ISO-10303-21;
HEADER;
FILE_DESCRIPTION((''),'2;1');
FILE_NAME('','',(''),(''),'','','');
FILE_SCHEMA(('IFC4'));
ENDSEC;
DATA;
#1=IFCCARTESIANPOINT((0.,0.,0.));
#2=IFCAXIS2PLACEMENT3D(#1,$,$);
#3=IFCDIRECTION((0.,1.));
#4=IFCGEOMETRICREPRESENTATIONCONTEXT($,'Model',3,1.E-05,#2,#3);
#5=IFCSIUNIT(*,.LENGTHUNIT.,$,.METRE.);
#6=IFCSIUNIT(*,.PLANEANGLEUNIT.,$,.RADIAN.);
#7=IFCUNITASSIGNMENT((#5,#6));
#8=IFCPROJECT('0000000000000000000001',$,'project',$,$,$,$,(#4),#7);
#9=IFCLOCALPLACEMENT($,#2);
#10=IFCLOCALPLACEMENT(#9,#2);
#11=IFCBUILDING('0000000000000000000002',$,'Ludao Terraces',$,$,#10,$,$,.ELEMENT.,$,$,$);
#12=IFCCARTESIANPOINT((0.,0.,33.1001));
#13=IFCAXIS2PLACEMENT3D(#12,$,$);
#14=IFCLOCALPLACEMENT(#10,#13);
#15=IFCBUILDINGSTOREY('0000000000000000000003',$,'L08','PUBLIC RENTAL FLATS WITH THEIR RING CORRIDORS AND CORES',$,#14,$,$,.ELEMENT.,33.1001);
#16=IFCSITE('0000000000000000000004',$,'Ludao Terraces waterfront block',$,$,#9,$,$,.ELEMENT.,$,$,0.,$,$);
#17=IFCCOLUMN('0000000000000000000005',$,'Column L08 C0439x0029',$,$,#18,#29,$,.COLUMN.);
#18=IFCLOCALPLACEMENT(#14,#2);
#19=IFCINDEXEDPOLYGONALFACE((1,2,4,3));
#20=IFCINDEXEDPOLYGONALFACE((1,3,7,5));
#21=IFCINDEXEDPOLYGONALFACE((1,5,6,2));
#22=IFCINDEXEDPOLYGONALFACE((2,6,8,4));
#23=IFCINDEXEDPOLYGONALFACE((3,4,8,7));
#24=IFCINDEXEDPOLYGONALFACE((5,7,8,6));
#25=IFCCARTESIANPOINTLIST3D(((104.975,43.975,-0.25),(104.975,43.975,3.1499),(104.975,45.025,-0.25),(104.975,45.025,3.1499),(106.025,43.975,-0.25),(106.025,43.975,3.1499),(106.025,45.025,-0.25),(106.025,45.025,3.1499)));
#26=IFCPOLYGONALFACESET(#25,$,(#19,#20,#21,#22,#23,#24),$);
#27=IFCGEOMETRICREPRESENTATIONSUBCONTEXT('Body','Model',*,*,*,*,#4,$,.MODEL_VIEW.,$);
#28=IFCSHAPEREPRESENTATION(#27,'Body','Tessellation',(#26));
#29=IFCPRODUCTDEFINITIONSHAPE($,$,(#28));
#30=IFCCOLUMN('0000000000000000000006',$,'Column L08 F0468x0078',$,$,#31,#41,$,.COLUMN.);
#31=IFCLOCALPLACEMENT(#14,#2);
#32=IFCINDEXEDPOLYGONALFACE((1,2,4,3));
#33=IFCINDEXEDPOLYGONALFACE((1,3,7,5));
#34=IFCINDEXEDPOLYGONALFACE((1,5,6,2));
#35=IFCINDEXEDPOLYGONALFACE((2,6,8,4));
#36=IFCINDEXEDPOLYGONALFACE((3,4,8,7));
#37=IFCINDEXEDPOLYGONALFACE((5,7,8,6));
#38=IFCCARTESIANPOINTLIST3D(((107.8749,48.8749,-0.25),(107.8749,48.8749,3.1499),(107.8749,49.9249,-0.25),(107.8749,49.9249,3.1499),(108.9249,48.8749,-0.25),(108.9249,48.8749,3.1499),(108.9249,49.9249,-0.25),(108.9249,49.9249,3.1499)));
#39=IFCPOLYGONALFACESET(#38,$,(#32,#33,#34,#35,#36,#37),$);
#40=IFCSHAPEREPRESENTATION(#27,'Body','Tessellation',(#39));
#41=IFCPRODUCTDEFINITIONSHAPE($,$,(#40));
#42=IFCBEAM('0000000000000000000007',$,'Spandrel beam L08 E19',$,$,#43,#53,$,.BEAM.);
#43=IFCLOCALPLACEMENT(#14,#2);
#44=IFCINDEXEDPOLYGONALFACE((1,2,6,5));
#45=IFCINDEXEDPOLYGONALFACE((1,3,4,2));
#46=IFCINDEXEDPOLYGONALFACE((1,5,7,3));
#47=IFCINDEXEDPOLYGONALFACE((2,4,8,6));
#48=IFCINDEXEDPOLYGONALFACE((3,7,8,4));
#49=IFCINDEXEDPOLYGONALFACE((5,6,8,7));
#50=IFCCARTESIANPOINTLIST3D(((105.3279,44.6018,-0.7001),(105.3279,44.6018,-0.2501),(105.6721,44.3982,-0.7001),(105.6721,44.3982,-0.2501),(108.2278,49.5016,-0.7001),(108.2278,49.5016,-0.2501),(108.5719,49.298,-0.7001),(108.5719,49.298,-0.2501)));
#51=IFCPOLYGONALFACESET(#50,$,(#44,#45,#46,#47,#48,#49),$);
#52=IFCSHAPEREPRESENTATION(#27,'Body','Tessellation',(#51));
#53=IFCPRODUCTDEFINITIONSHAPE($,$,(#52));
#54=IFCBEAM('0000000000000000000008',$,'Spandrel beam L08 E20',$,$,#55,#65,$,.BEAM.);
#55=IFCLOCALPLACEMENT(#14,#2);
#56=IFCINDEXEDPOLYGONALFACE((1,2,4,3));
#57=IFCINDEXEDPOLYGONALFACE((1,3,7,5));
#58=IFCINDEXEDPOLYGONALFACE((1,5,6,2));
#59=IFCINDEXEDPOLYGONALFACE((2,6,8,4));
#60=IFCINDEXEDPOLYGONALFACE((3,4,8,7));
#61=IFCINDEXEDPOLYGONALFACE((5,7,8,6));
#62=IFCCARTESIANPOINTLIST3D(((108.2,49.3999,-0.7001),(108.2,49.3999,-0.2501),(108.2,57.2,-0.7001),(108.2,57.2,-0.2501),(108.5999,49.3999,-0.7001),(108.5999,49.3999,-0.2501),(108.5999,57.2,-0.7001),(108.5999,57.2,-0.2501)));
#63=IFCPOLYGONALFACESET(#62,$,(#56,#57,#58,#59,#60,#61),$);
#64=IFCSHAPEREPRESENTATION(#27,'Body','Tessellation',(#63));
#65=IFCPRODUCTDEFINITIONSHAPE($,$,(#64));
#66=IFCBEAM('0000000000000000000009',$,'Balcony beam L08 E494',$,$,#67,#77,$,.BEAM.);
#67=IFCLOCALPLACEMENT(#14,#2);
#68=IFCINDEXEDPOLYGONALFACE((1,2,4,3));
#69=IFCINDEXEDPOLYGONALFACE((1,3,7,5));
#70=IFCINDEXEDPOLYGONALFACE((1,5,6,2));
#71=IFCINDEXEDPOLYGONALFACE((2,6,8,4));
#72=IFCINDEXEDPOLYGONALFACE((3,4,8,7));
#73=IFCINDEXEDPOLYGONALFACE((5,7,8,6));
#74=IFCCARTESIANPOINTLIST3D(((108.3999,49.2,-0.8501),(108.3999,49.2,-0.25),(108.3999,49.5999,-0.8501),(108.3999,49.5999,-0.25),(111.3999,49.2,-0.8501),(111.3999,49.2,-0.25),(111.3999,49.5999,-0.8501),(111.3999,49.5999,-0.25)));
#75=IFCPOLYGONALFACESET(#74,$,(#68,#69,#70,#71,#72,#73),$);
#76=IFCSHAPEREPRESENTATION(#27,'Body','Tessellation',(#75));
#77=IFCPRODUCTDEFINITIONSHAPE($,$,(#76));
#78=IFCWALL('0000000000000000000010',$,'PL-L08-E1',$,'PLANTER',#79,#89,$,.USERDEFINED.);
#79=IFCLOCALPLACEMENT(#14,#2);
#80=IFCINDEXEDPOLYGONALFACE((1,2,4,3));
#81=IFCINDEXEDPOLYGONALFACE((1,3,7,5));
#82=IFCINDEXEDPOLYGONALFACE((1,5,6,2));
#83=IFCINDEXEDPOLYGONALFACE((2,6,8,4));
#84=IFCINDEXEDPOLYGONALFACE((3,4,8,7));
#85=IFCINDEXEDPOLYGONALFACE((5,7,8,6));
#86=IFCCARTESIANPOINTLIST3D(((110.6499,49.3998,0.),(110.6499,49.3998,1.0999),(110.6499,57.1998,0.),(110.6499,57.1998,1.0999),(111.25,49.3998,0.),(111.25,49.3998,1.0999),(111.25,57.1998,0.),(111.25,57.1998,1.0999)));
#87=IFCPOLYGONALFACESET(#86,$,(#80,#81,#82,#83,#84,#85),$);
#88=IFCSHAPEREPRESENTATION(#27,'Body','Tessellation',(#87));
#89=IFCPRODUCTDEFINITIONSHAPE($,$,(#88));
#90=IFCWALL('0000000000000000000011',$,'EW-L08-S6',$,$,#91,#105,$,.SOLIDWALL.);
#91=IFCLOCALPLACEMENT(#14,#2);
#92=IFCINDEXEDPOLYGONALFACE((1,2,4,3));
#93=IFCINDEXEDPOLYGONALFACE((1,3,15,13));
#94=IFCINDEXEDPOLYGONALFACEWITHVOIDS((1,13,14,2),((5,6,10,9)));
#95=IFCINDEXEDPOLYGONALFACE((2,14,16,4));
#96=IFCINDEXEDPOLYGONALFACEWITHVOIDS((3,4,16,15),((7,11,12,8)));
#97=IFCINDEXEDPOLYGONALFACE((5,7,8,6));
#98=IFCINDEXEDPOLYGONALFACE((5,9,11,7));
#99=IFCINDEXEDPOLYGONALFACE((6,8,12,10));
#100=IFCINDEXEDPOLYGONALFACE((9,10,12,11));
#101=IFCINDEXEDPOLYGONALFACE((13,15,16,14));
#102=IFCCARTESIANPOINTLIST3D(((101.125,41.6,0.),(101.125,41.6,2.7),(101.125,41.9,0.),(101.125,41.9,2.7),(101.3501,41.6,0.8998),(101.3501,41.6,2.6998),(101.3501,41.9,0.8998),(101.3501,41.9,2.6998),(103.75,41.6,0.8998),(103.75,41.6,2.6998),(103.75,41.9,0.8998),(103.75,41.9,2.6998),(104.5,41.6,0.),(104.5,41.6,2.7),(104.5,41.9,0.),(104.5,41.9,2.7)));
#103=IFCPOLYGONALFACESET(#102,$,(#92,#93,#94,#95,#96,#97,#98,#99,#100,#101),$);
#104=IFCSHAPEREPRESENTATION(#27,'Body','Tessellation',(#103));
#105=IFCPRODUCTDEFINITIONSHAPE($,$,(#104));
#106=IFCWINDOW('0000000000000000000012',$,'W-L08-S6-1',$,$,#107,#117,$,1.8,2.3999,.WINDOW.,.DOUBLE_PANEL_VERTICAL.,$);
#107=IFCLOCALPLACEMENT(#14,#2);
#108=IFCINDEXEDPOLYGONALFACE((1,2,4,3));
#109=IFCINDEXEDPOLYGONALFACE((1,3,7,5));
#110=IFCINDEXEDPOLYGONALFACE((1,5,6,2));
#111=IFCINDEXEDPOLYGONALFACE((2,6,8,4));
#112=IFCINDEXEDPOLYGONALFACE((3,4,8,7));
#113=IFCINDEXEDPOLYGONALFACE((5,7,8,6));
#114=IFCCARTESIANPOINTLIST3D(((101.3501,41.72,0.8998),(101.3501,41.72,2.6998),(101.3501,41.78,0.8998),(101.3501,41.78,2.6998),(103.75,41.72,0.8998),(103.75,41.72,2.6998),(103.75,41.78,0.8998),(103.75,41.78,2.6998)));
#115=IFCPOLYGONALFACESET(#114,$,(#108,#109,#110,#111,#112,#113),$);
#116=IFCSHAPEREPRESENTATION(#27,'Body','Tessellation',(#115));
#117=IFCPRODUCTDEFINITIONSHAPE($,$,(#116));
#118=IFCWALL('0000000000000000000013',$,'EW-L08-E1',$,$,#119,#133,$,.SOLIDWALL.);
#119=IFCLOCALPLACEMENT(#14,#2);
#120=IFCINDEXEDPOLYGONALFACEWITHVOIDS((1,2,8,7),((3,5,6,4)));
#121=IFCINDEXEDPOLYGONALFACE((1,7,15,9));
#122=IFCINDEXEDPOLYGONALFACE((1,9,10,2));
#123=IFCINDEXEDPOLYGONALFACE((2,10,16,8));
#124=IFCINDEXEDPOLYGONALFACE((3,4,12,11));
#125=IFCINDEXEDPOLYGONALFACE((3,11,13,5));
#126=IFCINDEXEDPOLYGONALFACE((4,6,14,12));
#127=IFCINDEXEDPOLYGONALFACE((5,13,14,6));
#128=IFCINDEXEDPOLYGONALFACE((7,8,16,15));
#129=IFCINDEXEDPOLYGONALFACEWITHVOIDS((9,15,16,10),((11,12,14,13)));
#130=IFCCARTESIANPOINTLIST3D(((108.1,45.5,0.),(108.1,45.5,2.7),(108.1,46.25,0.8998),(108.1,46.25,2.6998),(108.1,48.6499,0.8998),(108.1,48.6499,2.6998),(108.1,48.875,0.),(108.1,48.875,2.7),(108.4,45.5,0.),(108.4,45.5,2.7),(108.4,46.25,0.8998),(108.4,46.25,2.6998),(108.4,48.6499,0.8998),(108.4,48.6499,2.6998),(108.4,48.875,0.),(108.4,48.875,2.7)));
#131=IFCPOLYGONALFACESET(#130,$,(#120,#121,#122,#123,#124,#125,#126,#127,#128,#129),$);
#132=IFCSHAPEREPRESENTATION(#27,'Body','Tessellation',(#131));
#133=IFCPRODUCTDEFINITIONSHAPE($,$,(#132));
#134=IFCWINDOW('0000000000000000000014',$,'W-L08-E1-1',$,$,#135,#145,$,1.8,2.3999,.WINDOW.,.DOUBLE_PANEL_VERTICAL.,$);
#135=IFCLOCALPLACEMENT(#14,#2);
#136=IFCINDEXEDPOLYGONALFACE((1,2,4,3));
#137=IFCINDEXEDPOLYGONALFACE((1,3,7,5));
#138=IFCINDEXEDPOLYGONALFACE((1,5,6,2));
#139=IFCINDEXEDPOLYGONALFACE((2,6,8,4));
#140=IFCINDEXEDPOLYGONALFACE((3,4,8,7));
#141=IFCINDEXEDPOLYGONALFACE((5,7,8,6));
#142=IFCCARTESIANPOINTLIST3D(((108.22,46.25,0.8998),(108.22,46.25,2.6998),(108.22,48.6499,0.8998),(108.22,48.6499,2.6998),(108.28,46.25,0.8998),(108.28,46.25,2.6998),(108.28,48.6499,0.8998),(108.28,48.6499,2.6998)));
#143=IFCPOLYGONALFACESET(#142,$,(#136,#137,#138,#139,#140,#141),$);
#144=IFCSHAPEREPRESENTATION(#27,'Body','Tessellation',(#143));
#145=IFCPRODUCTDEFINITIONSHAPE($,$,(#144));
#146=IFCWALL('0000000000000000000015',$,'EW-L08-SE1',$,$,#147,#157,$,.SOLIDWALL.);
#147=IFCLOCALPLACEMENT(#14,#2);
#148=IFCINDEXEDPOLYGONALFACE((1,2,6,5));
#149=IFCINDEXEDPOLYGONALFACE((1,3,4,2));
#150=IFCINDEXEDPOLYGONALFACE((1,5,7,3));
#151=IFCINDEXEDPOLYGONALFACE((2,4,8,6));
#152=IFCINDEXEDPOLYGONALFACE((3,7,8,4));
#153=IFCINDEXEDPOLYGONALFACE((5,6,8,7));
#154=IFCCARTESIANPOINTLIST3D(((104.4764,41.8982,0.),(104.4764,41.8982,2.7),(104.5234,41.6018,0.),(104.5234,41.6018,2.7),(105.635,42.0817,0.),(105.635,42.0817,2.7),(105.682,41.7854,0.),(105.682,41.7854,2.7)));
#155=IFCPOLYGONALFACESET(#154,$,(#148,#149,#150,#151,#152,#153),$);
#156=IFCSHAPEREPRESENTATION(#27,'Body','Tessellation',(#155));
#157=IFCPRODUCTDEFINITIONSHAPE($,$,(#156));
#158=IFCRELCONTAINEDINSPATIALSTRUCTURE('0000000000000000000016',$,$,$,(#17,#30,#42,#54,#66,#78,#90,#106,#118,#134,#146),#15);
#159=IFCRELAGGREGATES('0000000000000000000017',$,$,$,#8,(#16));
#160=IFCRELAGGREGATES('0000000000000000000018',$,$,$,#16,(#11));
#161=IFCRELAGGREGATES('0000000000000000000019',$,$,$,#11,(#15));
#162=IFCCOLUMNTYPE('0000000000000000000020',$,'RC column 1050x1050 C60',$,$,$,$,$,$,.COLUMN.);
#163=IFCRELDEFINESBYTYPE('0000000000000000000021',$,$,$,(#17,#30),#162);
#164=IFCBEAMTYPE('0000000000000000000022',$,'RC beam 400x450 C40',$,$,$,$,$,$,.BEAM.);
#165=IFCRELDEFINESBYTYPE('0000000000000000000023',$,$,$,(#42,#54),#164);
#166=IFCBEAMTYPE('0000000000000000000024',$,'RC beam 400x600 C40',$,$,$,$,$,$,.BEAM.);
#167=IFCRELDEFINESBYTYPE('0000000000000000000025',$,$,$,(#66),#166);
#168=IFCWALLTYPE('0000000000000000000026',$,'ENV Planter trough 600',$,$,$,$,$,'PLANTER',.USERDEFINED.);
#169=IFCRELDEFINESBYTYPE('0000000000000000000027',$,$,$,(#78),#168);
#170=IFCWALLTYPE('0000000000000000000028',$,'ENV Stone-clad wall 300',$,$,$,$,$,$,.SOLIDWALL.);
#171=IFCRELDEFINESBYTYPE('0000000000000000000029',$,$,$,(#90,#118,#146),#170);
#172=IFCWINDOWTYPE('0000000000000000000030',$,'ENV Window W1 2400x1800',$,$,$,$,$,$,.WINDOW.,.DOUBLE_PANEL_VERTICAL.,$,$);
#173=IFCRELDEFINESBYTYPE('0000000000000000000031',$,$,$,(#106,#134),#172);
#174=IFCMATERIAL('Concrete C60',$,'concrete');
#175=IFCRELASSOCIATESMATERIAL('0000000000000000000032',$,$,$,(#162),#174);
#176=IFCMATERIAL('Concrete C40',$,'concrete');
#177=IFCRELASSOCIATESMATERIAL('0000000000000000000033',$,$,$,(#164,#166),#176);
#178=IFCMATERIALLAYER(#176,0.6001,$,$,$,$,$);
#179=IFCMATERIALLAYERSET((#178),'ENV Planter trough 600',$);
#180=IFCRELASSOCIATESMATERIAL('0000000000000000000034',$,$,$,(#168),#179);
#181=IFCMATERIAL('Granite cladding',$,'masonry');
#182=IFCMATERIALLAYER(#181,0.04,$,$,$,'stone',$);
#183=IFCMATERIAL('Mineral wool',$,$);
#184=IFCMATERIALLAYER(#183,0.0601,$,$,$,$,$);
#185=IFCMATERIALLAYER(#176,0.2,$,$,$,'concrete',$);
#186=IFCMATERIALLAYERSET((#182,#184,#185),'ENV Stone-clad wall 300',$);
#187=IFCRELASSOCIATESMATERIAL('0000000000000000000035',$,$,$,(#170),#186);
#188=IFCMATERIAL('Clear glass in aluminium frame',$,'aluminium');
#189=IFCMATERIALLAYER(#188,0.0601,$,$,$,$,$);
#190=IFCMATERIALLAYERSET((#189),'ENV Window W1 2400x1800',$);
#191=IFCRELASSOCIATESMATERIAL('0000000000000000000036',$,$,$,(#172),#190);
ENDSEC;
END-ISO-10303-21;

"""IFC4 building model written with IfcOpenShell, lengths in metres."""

from ifc_helpers import new_model, si_unit, direction, frame, frame_2d, origin, origin_2d, place, context, subcontext, project, spatial, rectangle, extrude, material, layer, layer_set, material_profile, profile_set, type_object, element, fill, save


model = new_model("IFC4")

# Units and contexts
model_context = context("Model", 3, precision=1e-05, world=origin(), true_north=direction((0.0, 1.0)))
body_context = subcontext(model_context, "Body", "Model", "MODEL_VIEW")
ifc_project = project(units=[si_unit("LENGTHUNIT", "METRE"), si_unit("PLANEANGLEUNIT", "RADIAN")], contexts=[model_context])

# Site, building, storey
site_placement = place(None, origin())
site = spatial("IfcSite", under=ifc_project, at=site_placement, Name="Ludao Terraces waterfront block", CompositionType="ELEMENT", RefElevation=0.0)
building_placement = place(site_placement, origin())
building = spatial("IfcBuilding", under=site, at=building_placement, Name="Ludao Terraces", CompositionType="ELEMENT")
storey_placement = place(building_placement, frame((0.0, 0.0, 33.1001)))
storey = spatial("IfcBuildingStorey", under=building, at=storey_placement, Name="L08", Description="PUBLIC RENTAL FLATS WITH THEIR RING CORRIDORS AND CORES", CompositionType="ELEMENT", Elevation=33.1001)

# Columns
ifc_material_1 = material(Name="Concrete C60", Category="concrete")
ifc_material_profile_1 = material_profile(ifc_material_1, rectangle(XDim=1.05, YDim=1.05, at=origin_2d()), Name="1050 X 1050")
ifc_profile_set_1 = profile_set([ifc_material_profile_1], Name="Concrete C60")
column_type = type_object("IfcColumnType", Name="RC column 1050x1050 C60", PredefinedType="COLUMN", material=ifc_profile_set_1)
for number, where, z_axis, x_axis, name in (
    (1, (105.5, 44.5, -0.25), (0.0, 0.0, 1.0), (1.0, 0.0, 0.0), "Column L08 C0439x0029"),
    (2, (108.3999, 49.3999, -0.25), (0.0, 0.0, 1.0), (1.0, 0.0, 0.0), "Column L08 F0468x0078"),
):
    element("IfcColumn", number, at=place(storey_placement, frame(where, z_axis=z_axis, x_axis=x_axis)), inside=storey, type_object=column_type, Name=name, PredefinedType="COLUMN", context=body_context, shape_type="SweptSolid", body=[
        extrude(rectangle(XDim=1.05, YDim=1.05, at=origin_2d()), origin(), (0.0, 0.0, 1.0), 3.3999),
    ])

# Beams
ifc_material_2 = material(Name="Concrete C40", Category="concrete")
ifc_material_profile_2 = material_profile(ifc_material_2, rectangle(XDim=0.3999, YDim=0.45, at=origin_2d()), Name="400 X 450")
ifc_profile_set_2 = profile_set([ifc_material_profile_2], Name="Concrete C40")
beam_type_1 = type_object("IfcBeamType", Name="RC beam 400x450 C40", PredefinedType="BEAM", material=ifc_profile_set_2)
beam_1_placement = place(storey_placement, frame((105.5, 44.5, -0.4751), z_axis=(0.509316, 0.86058, 0.0), x_axis=(-0.86058, 0.509316, 0.0)))
element("IfcBeam", 3, at=beam_1_placement, inside=storey, type_object=beam_type_1, Name="Spandrel beam L08 E19", PredefinedType="BEAM", context=body_context, shape_type="SweptSolid", body=[
    extrude(rectangle(XDim=0.3999, YDim=0.45, at=origin_2d()), origin(), (0.0, 0.0, 1.0), 5.6936),
])
beam_2_placement = place(storey_placement, frame((108.3999, 49.3999, -0.4751), z_axis=(0.0, 1.0, 0.0), x_axis=(-1.0, 0.0, 0.0)))
element("IfcBeam", 4, at=beam_2_placement, inside=storey, type_object=beam_type_1, Name="Spandrel beam L08 E20", PredefinedType="BEAM", context=body_context, shape_type="SweptSolid", body=[
    extrude(rectangle(XDim=0.3999, YDim=0.45, at=origin_2d()), origin(), (0.0, 0.0, 1.0), 7.8),
])
ifc_material_profile_3 = material_profile(ifc_material_2, rectangle(XDim=0.3999, YDim=0.6001, at=origin_2d()), Name="400 X 600")
ifc_profile_set_3 = profile_set([ifc_material_profile_3], Name="Concrete C40")
beam_type_2 = type_object("IfcBeamType", Name="RC beam 400x600 C40", PredefinedType="BEAM", material=ifc_profile_set_3)
beam_3_placement = place(storey_placement, frame((108.3999, 49.3999, -0.55), z_axis=(1.0, 0.0, 0.0), x_axis=(0.0, 1.0, 0.0)))
element("IfcBeam", 5, at=beam_3_placement, inside=storey, type_object=beam_type_2, Name="Balcony beam L08 E494", PredefinedType="BEAM", context=body_context, shape_type="SweptSolid", body=[
    extrude(rectangle(XDim=0.3999, YDim=0.6001, at=origin_2d()), origin(), (0.0, 0.0, 1.0), 3.0),
])

# Wall
ifc_layer_1 = layer(ifc_material_2, 0.6001)
ifc_layer_set_1 = layer_set([ifc_layer_1], Name="ENV Planter trough 600")
wall_type_1 = type_object("IfcWallType", Name="ENV Planter trough 600", ElementType="PLANTER", PredefinedType="USERDEFINED", material=ifc_layer_set_1)
wall_1_placement = place(storey_placement, frame((110.95, 49.3999, 0.0), z_axis=(0.0, 0.0, 1.0), x_axis=(0.0, 1.0, 0.0)))
element("IfcWall", 6, at=wall_1_placement, inside=storey, type_object=wall_type_1, Name="PL-L08-E1", ObjectType="PLANTER", PredefinedType="USERDEFINED", context=body_context, shape_type="SweptSolid", body=[
    extrude(rectangle(XDim=7.8, YDim=0.6001, at=frame_2d((3.8999, 0.0))), origin(), (0.0, 0.0, 1.0), 1.0999),
])

# Walls, openings, windows
ifc_material_3 = material(Name="Granite cladding", Category="masonry")
ifc_layer_2 = layer(ifc_material_3, 0.04, Category="stone")
ifc_material_4 = material(Name="Mineral wool")
ifc_layer_3 = layer(ifc_material_4, 0.0601)
ifc_layer_4 = layer(ifc_material_2, 0.2, Category="concrete")
ifc_layer_set_2 = layer_set([ifc_layer_2, ifc_layer_3, ifc_layer_4], Name="ENV Stone-clad wall 300")
wall_type_2 = type_object("IfcWallType", Name="ENV Stone-clad wall 300", PredefinedType="SOLIDWALL", material=ifc_layer_set_2)
wall_2_placement = place(storey_placement, frame((101.125, 41.75, 0.0), z_axis=(0.0, 0.0, 1.0), x_axis=(1.0, 0.0, 0.0)))
wall_2 = element("IfcWall", 7, at=wall_2_placement, inside=storey, type_object=wall_type_2, Name="EW-L08-S6", PredefinedType="SOLIDWALL", context=body_context, shape_type="SweptSolid", body=[
    extrude(rectangle(XDim=3.375, YDim=0.3, at=frame_2d((1.6875, 0.0))), origin(), (0.0, 0.0, 1.0), 2.7),
])
opening_1_placement = place(wall_2_placement, frame((0.2251, 0.0, 0.8999)))
opening_1 = element("IfcOpeningElement", 8, at=opening_1_placement, cuts=wall_2, PredefinedType="OPENING", context=body_context, shape_type="SweptSolid", body=[
    extrude(rectangle(XDim=2.3999, YDim=1.8, at=frame_2d((1.2, 0.8999))), frame((0.0, 0.1602, 0.0), z_axis=(0.0, -1.0, 0.0), x_axis=(1.0, 0.0, 0.0)), (0.0, 0.0, 1.0), 0.3201),
])
ifc_material_5 = material(Name="Clear glass in aluminium frame", Category="aluminium")
ifc_layer_5 = layer(ifc_material_5, 0.0601)
ifc_layer_set_3 = layer_set([ifc_layer_5], Name="ENV Window W1 2400x1800")
window_type_1 = type_object("IfcWindowType", Name="ENV Window W1 2400x1800", PartitioningType="DOUBLE_PANEL_VERTICAL", PredefinedType="WINDOW", material=ifc_layer_set_3)
window_1_placement = place(opening_1_placement, origin())
window_1 = element("IfcWindow", 9, at=window_1_placement, inside=storey, type_object=window_type_1, Name="W-L08-S6-1", OverallHeight=1.8, OverallWidth=2.3999, PartitioningType="DOUBLE_PANEL_VERTICAL", PredefinedType="WINDOW", context=body_context, shape_type="SweptSolid", body=[
    extrude(rectangle(XDim=2.3999, YDim=1.8, at=frame_2d((1.2, 0.8999))), frame((0.0, 0.03, 0.0), z_axis=(0.0, -1.0, 0.0), x_axis=(1.0, 0.0, 0.0)), (0.0, 0.0, 1.0), 0.0601),
])
fill(opening_1, window_1)
wall_3_placement = place(storey_placement, frame((108.25, 45.5, 0.0), z_axis=(0.0, 0.0, 1.0), x_axis=(0.0, 1.0, 0.0)))
wall_3 = element("IfcWall", 10, at=wall_3_placement, inside=storey, type_object=wall_type_2, Name="EW-L08-E1", PredefinedType="SOLIDWALL", context=body_context, shape_type="SweptSolid", body=[
    extrude(rectangle(XDim=3.375, YDim=0.3, at=frame_2d((1.6875, 0.0))), origin(), (0.0, 0.0, 1.0), 2.7),
])
opening_2_placement = place(wall_3_placement, frame((0.75, 0.0, 0.8999)))
opening_2 = element("IfcOpeningElement", 11, at=opening_2_placement, cuts=wall_3, PredefinedType="OPENING", context=body_context, shape_type="SweptSolid", body=[
    extrude(rectangle(XDim=2.3999, YDim=1.8, at=frame_2d((1.2, 0.8999))), frame((0.0, 0.1602, 0.0), z_axis=(0.0, -1.0, 0.0), x_axis=(1.0, 0.0, 0.0)), (0.0, 0.0, 1.0), 0.3201),
])
window_2_placement = place(opening_2_placement, origin())
window_2 = element("IfcWindow", 12, at=window_2_placement, inside=storey, type_object=window_type_1, Name="W-L08-E1-1", OverallHeight=1.8, OverallWidth=2.3999, PartitioningType="DOUBLE_PANEL_VERTICAL", PredefinedType="WINDOW", context=body_context, shape_type="SweptSolid", body=[
    extrude(rectangle(XDim=2.3999, YDim=1.8, at=frame_2d((1.2, 0.8999))), frame((0.0, 0.03, 0.0), z_axis=(0.0, -1.0, 0.0), x_axis=(1.0, 0.0, 0.0)), (0.0, 0.0, 1.0), 0.0601),
])
fill(opening_2, window_2)

# Wall
wall_4_placement = place(storey_placement, frame((104.5, 41.75, 0.0), z_axis=(0.0, 0.0, 1.0), x_axis=(0.987678, 0.156497, 0.0)))
element("IfcWall", 13, at=wall_4_placement, inside=storey, type_object=wall_type_2, Name="EW-L08-SE1", PredefinedType="SOLIDWALL", context=body_context, shape_type="SweptSolid", body=[
    extrude(rectangle(XDim=1.1731, YDim=0.3, at=frame_2d((0.5864, 0.0))), origin(), (0.0, 0.0, 1.0), 2.7),
])

save(model, "model.ifc")
